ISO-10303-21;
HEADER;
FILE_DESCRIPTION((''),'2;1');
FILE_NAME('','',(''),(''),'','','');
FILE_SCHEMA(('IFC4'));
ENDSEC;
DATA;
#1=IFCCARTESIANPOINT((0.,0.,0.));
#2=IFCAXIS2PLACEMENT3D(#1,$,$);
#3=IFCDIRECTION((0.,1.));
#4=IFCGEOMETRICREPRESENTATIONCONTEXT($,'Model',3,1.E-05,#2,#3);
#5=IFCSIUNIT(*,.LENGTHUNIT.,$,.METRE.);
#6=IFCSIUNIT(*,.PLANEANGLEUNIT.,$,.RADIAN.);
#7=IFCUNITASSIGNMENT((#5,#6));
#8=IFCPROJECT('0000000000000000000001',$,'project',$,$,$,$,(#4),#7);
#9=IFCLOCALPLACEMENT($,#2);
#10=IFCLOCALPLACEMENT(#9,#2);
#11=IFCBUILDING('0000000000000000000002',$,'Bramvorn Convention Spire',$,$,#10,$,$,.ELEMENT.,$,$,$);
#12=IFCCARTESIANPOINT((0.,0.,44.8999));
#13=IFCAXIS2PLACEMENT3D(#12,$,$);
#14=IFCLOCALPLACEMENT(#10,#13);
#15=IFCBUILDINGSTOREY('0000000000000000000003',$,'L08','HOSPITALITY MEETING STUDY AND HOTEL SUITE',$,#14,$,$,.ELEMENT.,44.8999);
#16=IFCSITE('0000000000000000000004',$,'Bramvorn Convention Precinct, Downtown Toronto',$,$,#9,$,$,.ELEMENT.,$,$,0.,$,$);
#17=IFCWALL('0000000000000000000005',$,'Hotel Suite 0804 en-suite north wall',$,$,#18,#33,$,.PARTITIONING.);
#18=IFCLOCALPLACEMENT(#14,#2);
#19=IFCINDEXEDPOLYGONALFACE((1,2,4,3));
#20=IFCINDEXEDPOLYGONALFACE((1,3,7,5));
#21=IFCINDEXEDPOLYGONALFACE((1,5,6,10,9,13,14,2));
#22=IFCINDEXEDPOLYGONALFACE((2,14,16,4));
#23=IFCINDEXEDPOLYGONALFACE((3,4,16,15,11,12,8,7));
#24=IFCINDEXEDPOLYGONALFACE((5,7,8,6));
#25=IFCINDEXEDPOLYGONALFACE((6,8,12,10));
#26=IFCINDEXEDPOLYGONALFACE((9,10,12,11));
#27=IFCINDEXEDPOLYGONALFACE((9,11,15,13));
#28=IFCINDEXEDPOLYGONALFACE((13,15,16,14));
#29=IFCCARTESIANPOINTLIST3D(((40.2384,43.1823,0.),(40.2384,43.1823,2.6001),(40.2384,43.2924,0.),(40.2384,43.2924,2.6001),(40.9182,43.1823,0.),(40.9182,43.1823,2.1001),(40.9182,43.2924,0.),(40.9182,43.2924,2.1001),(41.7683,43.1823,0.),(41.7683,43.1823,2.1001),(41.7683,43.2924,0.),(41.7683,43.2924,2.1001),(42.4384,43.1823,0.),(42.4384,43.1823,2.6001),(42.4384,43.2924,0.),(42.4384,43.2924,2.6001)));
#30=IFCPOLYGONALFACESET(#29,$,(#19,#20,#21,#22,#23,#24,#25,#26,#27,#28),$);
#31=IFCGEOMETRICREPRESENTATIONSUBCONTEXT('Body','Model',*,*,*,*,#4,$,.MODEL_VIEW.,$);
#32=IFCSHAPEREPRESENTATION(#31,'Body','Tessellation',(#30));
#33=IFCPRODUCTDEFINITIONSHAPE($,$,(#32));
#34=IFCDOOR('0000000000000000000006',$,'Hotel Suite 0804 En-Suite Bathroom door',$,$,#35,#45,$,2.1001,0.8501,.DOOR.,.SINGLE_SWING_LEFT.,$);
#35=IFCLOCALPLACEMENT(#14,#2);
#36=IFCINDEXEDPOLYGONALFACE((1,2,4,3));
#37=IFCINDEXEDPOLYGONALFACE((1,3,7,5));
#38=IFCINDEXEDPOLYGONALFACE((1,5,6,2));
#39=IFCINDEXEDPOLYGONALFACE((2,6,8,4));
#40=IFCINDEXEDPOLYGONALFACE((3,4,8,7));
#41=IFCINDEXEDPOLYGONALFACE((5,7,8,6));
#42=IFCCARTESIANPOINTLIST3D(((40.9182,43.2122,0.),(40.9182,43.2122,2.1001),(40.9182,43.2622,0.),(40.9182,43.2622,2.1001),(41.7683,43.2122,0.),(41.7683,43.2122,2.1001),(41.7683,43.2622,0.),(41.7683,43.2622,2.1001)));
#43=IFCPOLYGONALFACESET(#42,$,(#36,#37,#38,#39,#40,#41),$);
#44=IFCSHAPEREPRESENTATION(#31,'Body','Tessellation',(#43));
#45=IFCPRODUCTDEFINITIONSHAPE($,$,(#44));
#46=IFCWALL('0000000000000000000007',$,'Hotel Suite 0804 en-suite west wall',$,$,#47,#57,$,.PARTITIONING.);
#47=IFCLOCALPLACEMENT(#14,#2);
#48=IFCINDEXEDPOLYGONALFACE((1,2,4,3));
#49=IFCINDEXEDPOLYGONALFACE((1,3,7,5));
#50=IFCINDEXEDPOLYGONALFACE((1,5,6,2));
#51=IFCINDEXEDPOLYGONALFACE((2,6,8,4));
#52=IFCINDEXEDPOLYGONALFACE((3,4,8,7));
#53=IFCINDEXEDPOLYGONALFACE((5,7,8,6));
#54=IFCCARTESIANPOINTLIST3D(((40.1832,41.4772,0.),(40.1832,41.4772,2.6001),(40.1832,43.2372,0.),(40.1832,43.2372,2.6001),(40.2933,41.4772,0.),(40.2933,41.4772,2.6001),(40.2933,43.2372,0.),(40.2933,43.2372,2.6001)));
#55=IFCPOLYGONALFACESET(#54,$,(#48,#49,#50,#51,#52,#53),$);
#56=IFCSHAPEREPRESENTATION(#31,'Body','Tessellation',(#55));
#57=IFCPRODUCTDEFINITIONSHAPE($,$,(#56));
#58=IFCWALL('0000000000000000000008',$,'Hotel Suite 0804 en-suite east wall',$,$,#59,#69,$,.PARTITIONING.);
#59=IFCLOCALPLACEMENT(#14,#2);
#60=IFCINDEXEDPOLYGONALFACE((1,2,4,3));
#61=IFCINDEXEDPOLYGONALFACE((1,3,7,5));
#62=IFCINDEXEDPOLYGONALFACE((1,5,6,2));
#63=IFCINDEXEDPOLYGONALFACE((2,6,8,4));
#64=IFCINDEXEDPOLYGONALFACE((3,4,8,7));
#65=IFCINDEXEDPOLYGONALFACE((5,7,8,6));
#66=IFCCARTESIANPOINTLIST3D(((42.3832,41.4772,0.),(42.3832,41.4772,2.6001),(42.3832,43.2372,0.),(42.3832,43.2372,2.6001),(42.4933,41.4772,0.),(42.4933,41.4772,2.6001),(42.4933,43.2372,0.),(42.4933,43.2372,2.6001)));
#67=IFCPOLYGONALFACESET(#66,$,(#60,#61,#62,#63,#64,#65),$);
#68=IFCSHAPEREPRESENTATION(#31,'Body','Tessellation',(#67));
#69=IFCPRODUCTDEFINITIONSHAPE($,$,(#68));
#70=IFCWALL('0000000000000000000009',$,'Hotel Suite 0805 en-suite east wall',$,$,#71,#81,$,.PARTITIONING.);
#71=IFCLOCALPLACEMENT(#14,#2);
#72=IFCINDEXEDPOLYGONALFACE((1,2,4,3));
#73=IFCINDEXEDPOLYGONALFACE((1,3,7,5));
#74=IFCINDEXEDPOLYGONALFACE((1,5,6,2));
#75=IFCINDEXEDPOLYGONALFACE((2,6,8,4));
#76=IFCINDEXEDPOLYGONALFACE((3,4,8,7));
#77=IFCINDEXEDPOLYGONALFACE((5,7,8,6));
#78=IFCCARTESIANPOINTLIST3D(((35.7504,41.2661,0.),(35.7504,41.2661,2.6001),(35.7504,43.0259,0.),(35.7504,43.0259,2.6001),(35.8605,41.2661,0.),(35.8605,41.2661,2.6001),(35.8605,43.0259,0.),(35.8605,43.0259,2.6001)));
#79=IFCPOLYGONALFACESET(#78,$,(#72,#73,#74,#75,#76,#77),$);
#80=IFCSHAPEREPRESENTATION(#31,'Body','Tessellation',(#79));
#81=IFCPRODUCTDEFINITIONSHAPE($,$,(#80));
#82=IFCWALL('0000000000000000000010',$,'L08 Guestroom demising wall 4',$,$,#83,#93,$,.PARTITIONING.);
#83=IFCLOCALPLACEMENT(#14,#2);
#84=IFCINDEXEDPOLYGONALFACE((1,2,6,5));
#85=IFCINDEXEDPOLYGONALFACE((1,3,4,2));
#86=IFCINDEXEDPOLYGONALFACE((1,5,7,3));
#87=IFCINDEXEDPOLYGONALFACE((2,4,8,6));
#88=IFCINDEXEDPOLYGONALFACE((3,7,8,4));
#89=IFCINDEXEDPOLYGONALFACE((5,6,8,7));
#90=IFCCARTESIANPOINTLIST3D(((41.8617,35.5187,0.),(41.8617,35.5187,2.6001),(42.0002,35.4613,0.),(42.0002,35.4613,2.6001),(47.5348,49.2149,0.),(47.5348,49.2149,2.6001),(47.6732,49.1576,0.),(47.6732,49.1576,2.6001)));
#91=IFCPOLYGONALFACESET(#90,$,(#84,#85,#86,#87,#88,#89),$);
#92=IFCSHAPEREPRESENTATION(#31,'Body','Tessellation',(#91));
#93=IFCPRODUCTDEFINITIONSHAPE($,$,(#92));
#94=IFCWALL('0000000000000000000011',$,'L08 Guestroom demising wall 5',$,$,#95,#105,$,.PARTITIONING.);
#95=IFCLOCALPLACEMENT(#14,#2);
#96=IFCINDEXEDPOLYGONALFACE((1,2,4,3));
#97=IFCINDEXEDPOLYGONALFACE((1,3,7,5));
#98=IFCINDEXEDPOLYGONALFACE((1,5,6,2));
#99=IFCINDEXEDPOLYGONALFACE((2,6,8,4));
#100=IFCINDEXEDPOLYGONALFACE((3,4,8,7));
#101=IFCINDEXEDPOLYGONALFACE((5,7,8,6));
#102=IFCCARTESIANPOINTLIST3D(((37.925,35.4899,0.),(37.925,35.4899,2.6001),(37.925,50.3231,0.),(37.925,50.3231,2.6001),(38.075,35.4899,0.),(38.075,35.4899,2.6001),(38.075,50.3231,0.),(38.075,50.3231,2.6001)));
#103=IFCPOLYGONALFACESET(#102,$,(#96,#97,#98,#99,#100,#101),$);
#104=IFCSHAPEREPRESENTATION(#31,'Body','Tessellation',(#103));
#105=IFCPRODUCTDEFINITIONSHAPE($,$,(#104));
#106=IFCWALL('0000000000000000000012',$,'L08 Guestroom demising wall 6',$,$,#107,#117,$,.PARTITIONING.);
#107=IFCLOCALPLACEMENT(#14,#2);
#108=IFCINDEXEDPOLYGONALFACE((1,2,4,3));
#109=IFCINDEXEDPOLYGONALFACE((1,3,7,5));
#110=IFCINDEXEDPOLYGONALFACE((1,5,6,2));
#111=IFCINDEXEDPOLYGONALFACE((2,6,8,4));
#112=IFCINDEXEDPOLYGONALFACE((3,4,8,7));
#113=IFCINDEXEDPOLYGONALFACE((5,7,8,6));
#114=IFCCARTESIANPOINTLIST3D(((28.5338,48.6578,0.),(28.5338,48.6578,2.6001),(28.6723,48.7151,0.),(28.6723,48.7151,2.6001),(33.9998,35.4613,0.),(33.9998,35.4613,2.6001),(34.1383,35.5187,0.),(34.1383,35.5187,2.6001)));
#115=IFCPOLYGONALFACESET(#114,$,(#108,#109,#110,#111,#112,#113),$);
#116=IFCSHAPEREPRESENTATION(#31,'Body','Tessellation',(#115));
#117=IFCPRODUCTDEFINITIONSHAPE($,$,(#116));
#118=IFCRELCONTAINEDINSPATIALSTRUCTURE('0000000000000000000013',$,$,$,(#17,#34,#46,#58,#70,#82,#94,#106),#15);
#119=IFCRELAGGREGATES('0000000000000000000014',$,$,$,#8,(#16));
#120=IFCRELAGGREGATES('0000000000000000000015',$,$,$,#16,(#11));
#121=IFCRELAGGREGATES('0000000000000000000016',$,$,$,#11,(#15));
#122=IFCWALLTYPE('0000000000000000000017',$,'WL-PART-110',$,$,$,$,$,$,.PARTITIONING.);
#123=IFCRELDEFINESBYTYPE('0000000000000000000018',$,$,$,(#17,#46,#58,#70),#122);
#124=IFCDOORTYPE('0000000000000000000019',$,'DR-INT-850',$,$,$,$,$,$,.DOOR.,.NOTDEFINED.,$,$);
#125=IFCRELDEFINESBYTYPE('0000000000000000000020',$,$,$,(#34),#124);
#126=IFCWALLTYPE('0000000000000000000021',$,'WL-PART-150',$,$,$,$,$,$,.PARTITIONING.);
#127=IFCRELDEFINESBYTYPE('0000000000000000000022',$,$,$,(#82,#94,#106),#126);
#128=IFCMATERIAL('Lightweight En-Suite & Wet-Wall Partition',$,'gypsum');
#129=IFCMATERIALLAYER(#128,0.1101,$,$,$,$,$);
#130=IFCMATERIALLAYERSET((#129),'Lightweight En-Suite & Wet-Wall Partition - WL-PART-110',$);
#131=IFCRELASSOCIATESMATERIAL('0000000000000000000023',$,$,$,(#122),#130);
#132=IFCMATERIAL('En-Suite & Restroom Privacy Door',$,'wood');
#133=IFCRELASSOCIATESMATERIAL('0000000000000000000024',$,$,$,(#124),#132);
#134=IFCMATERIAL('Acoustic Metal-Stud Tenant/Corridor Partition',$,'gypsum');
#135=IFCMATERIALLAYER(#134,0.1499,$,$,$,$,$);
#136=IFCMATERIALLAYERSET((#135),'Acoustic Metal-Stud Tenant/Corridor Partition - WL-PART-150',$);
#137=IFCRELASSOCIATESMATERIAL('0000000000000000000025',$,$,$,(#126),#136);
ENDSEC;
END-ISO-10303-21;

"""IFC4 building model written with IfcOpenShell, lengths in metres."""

from ifc_helpers import new_model, si_unit, direction, frame, frame_2d, origin, place, context, subcontext, project, spatial, rectangle, extrude, material, layer, layer_set, type_object, element, fill, save


model = new_model("IFC4")

# Units and contexts
model_context = context("Model", 3, precision=1e-05, world=origin(), true_north=direction((0.0, 1.0)))
body_context = subcontext(model_context, "Body", "Model", "MODEL_VIEW")
ifc_project = project(units=[si_unit("LENGTHUNIT", "METRE"), si_unit("PLANEANGLEUNIT", "RADIAN")], contexts=[model_context])

# Site, building, storey
site_placement = place(None, origin())
site = spatial("IfcSite", under=ifc_project, at=site_placement, Name="Bramvorn Convention Precinct, Downtown Toronto", CompositionType="ELEMENT", RefElevation=0.0)
building_placement = place(site_placement, origin())
building = spatial("IfcBuilding", under=site, at=building_placement, Name="Bramvorn Convention Spire", CompositionType="ELEMENT")
storey_placement = place(building_placement, frame((0.0, 0.0, 44.8999)))
storey = spatial("IfcBuildingStorey", under=building, at=storey_placement, Name="L08", Description="HOSPITALITY MEETING STUDY AND HOTEL SUITE", CompositionType="ELEMENT", Elevation=44.8999)

# Shared definitions
ifc_material_1 = material(Name="Lightweight En-Suite & Wet-Wall Partition", Category="gypsum")
ifc_layer_1 = layer(ifc_material_1, 0.1101)
ifc_layer_set_1 = layer_set([ifc_layer_1], Name="Lightweight En-Suite & Wet-Wall Partition - WL-PART-110")
wall_type_1 = type_object("IfcWallType", Name="WL-PART-110", PredefinedType="PARTITIONING", material=ifc_layer_set_1)

# Shared definitions
ifc_material_2 = material(Name="En-Suite & Restroom Privacy Door", Category="wood")
door_type_1 = type_object("IfcDoorType", Name="DR-INT-850", OperationType="NOTDEFINED", PredefinedType="DOOR", material=ifc_material_2)

# Wall, opening, door
wall_1_placement = place(storey_placement, frame((40.2383, 43.2373, 0.0), z_axis=(0.0, 0.0, 1.0), x_axis=(1.0, 0.0, 0.0)))
wall_1 = element("IfcWall", 1, at=wall_1_placement, inside=storey, type_object=wall_type_1, Name="Hotel Suite 0804 en-suite north wall", PredefinedType="PARTITIONING", context=body_context, shape_type="SweptSolid", body=[
    extrude(rectangle(XDim=2.2, YDim=0.1101, at=frame_2d((1.1001, 0.0))), origin(), (0.0, 0.0, 1.0), 2.6001),
])
opening_1_placement = place(wall_1_placement, frame((0.6799, 0.0, 0.0)))
opening_1 = element("IfcOpeningElement", 2, at=opening_1_placement, cuts=wall_1, PredefinedType="OPENING", context=body_context, shape_type="SweptSolid", body=[
    extrude(rectangle(XDim=0.8501, YDim=2.1001, at=frame_2d((0.425, 1.05))), frame((0.0, 0.0649, 0.0), z_axis=(0.0, -1.0, 0.0), x_axis=(1.0, 0.0, 0.0)), (0.0, 0.0, 1.0), 0.1301),
])
door_1_placement = place(opening_1_placement, origin())
door_1 = element("IfcDoor", 3, at=door_1_placement, inside=storey, type_object=door_type_1, Name="Hotel Suite 0804 En-Suite Bathroom door", OperationType="SINGLE_SWING_LEFT", OverallHeight=2.1001, OverallWidth=0.8501, PredefinedType="DOOR", context=body_context, shape_type="SweptSolid", body=[
    extrude(rectangle(XDim=0.8501, YDim=2.1001, at=frame_2d((0.425, 1.05))), frame((0.0, 0.0249, 0.0), z_axis=(0.0, -1.0, 0.0), x_axis=(1.0, 0.0, 0.0)), (0.0, 0.0, 1.0), 0.05),
])
fill(opening_1, door_1)

# Walls
for number, where, z_axis, x_axis, name in (
    (4, (40.2383, 41.4773, 0.0), (0.0, 0.0, 1.0), (0.0, 1.0, 0.0), "Hotel Suite 0804 en-suite west wall"),
    (5, (42.4382, 41.4773, 0.0), (0.0, 0.0, 1.0), (0.0, 1.0, 0.0), "Hotel Suite 0804 en-suite east wall"),
):
    element("IfcWall", number, at=place(storey_placement, frame(where, z_axis=z_axis, x_axis=x_axis)), inside=storey, type_object=wall_type_1, Name=name, PredefinedType="PARTITIONING", context=body_context, shape_type="SweptSolid", body=[
        extrude(rectangle(XDim=1.76, YDim=0.1101, at=frame_2d((0.8799, 0.0))), origin(), (0.0, 0.0, 1.0), 2.6001),
    ])
wall_2_placement = place(storey_placement, frame((35.8054, 41.2661, 0.0), z_axis=(0.0, 0.0, 1.0), x_axis=(0.0, 1.0, 0.0)))
element("IfcWall", 6, at=wall_2_placement, inside=storey, type_object=wall_type_1, Name="Hotel Suite 0805 en-suite east wall", PredefinedType="PARTITIONING", context=body_context, shape_type="SweptSolid", body=[
    extrude(rectangle(XDim=1.7598, YDim=0.1101, at=frame_2d((0.8799, 0.0))), origin(), (0.0, 0.0, 1.0), 2.6001),
])
ifc_material_3 = material(Name="Acoustic Metal-Stud Tenant/Corridor Partition", Category="gypsum")
ifc_layer_2 = layer(ifc_material_3, 0.1499)
ifc_layer_set_2 = layer_set([ifc_layer_2], Name="Acoustic Metal-Stud Tenant/Corridor Partition - WL-PART-150")
wall_type_2 = type_object("IfcWallType", Name="WL-PART-150", PredefinedType="PARTITIONING", material=ifc_layer_set_2)
wall_3_placement = place(storey_placement, frame((41.9309, 35.49, 0.0), z_axis=(0.0, 0.0, 1.0), x_axis=(0.382678, 0.923882, 0.0)))
element("IfcWall", 7, at=wall_3_placement, inside=storey, type_object=wall_type_2, Name="L08 Guestroom demising wall 4", PredefinedType="PARTITIONING", context=body_context, shape_type="SweptSolid", body=[
    extrude(rectangle(XDim=14.8247, YDim=0.1499, at=frame_2d((7.4124, 0.0))), origin(), (0.0, 0.0, 1.0), 2.6001),
])
wall_4_placement = place(storey_placement, frame((38.0, 35.49, 0.0), z_axis=(0.0, 0.0, 1.0), x_axis=(0.0, 1.0, 0.0)))
element("IfcWall", 8, at=wall_4_placement, inside=storey, type_object=wall_type_2, Name="L08 Guestroom demising wall 5", PredefinedType="PARTITIONING", context=body_context, shape_type="SweptSolid", body=[
    extrude(rectangle(XDim=14.8333, YDim=0.1499, at=frame_2d((7.4165, 0.0))), origin(), (0.0, 0.0, 1.0), 2.6001),
])
wall_5_placement = place(storey_placement, frame((34.0691, 35.49, 0.0), z_axis=(0.0, 0.0, 1.0), x_axis=(-0.382676, 0.923882, 0.0)))
element("IfcWall", 9, at=wall_5_placement, inside=storey, type_object=wall_type_2, Name="L08 Guestroom demising wall 6", PredefinedType="PARTITIONING", context=body_context, shape_type="SweptSolid", body=[
    extrude(rectangle(XDim=14.2837, YDim=0.1499, at=frame_2d((7.1418, 0.0))), origin(), (0.0, 0.0, 1.0), 2.6001),
])

save(model, "model.ifc")
